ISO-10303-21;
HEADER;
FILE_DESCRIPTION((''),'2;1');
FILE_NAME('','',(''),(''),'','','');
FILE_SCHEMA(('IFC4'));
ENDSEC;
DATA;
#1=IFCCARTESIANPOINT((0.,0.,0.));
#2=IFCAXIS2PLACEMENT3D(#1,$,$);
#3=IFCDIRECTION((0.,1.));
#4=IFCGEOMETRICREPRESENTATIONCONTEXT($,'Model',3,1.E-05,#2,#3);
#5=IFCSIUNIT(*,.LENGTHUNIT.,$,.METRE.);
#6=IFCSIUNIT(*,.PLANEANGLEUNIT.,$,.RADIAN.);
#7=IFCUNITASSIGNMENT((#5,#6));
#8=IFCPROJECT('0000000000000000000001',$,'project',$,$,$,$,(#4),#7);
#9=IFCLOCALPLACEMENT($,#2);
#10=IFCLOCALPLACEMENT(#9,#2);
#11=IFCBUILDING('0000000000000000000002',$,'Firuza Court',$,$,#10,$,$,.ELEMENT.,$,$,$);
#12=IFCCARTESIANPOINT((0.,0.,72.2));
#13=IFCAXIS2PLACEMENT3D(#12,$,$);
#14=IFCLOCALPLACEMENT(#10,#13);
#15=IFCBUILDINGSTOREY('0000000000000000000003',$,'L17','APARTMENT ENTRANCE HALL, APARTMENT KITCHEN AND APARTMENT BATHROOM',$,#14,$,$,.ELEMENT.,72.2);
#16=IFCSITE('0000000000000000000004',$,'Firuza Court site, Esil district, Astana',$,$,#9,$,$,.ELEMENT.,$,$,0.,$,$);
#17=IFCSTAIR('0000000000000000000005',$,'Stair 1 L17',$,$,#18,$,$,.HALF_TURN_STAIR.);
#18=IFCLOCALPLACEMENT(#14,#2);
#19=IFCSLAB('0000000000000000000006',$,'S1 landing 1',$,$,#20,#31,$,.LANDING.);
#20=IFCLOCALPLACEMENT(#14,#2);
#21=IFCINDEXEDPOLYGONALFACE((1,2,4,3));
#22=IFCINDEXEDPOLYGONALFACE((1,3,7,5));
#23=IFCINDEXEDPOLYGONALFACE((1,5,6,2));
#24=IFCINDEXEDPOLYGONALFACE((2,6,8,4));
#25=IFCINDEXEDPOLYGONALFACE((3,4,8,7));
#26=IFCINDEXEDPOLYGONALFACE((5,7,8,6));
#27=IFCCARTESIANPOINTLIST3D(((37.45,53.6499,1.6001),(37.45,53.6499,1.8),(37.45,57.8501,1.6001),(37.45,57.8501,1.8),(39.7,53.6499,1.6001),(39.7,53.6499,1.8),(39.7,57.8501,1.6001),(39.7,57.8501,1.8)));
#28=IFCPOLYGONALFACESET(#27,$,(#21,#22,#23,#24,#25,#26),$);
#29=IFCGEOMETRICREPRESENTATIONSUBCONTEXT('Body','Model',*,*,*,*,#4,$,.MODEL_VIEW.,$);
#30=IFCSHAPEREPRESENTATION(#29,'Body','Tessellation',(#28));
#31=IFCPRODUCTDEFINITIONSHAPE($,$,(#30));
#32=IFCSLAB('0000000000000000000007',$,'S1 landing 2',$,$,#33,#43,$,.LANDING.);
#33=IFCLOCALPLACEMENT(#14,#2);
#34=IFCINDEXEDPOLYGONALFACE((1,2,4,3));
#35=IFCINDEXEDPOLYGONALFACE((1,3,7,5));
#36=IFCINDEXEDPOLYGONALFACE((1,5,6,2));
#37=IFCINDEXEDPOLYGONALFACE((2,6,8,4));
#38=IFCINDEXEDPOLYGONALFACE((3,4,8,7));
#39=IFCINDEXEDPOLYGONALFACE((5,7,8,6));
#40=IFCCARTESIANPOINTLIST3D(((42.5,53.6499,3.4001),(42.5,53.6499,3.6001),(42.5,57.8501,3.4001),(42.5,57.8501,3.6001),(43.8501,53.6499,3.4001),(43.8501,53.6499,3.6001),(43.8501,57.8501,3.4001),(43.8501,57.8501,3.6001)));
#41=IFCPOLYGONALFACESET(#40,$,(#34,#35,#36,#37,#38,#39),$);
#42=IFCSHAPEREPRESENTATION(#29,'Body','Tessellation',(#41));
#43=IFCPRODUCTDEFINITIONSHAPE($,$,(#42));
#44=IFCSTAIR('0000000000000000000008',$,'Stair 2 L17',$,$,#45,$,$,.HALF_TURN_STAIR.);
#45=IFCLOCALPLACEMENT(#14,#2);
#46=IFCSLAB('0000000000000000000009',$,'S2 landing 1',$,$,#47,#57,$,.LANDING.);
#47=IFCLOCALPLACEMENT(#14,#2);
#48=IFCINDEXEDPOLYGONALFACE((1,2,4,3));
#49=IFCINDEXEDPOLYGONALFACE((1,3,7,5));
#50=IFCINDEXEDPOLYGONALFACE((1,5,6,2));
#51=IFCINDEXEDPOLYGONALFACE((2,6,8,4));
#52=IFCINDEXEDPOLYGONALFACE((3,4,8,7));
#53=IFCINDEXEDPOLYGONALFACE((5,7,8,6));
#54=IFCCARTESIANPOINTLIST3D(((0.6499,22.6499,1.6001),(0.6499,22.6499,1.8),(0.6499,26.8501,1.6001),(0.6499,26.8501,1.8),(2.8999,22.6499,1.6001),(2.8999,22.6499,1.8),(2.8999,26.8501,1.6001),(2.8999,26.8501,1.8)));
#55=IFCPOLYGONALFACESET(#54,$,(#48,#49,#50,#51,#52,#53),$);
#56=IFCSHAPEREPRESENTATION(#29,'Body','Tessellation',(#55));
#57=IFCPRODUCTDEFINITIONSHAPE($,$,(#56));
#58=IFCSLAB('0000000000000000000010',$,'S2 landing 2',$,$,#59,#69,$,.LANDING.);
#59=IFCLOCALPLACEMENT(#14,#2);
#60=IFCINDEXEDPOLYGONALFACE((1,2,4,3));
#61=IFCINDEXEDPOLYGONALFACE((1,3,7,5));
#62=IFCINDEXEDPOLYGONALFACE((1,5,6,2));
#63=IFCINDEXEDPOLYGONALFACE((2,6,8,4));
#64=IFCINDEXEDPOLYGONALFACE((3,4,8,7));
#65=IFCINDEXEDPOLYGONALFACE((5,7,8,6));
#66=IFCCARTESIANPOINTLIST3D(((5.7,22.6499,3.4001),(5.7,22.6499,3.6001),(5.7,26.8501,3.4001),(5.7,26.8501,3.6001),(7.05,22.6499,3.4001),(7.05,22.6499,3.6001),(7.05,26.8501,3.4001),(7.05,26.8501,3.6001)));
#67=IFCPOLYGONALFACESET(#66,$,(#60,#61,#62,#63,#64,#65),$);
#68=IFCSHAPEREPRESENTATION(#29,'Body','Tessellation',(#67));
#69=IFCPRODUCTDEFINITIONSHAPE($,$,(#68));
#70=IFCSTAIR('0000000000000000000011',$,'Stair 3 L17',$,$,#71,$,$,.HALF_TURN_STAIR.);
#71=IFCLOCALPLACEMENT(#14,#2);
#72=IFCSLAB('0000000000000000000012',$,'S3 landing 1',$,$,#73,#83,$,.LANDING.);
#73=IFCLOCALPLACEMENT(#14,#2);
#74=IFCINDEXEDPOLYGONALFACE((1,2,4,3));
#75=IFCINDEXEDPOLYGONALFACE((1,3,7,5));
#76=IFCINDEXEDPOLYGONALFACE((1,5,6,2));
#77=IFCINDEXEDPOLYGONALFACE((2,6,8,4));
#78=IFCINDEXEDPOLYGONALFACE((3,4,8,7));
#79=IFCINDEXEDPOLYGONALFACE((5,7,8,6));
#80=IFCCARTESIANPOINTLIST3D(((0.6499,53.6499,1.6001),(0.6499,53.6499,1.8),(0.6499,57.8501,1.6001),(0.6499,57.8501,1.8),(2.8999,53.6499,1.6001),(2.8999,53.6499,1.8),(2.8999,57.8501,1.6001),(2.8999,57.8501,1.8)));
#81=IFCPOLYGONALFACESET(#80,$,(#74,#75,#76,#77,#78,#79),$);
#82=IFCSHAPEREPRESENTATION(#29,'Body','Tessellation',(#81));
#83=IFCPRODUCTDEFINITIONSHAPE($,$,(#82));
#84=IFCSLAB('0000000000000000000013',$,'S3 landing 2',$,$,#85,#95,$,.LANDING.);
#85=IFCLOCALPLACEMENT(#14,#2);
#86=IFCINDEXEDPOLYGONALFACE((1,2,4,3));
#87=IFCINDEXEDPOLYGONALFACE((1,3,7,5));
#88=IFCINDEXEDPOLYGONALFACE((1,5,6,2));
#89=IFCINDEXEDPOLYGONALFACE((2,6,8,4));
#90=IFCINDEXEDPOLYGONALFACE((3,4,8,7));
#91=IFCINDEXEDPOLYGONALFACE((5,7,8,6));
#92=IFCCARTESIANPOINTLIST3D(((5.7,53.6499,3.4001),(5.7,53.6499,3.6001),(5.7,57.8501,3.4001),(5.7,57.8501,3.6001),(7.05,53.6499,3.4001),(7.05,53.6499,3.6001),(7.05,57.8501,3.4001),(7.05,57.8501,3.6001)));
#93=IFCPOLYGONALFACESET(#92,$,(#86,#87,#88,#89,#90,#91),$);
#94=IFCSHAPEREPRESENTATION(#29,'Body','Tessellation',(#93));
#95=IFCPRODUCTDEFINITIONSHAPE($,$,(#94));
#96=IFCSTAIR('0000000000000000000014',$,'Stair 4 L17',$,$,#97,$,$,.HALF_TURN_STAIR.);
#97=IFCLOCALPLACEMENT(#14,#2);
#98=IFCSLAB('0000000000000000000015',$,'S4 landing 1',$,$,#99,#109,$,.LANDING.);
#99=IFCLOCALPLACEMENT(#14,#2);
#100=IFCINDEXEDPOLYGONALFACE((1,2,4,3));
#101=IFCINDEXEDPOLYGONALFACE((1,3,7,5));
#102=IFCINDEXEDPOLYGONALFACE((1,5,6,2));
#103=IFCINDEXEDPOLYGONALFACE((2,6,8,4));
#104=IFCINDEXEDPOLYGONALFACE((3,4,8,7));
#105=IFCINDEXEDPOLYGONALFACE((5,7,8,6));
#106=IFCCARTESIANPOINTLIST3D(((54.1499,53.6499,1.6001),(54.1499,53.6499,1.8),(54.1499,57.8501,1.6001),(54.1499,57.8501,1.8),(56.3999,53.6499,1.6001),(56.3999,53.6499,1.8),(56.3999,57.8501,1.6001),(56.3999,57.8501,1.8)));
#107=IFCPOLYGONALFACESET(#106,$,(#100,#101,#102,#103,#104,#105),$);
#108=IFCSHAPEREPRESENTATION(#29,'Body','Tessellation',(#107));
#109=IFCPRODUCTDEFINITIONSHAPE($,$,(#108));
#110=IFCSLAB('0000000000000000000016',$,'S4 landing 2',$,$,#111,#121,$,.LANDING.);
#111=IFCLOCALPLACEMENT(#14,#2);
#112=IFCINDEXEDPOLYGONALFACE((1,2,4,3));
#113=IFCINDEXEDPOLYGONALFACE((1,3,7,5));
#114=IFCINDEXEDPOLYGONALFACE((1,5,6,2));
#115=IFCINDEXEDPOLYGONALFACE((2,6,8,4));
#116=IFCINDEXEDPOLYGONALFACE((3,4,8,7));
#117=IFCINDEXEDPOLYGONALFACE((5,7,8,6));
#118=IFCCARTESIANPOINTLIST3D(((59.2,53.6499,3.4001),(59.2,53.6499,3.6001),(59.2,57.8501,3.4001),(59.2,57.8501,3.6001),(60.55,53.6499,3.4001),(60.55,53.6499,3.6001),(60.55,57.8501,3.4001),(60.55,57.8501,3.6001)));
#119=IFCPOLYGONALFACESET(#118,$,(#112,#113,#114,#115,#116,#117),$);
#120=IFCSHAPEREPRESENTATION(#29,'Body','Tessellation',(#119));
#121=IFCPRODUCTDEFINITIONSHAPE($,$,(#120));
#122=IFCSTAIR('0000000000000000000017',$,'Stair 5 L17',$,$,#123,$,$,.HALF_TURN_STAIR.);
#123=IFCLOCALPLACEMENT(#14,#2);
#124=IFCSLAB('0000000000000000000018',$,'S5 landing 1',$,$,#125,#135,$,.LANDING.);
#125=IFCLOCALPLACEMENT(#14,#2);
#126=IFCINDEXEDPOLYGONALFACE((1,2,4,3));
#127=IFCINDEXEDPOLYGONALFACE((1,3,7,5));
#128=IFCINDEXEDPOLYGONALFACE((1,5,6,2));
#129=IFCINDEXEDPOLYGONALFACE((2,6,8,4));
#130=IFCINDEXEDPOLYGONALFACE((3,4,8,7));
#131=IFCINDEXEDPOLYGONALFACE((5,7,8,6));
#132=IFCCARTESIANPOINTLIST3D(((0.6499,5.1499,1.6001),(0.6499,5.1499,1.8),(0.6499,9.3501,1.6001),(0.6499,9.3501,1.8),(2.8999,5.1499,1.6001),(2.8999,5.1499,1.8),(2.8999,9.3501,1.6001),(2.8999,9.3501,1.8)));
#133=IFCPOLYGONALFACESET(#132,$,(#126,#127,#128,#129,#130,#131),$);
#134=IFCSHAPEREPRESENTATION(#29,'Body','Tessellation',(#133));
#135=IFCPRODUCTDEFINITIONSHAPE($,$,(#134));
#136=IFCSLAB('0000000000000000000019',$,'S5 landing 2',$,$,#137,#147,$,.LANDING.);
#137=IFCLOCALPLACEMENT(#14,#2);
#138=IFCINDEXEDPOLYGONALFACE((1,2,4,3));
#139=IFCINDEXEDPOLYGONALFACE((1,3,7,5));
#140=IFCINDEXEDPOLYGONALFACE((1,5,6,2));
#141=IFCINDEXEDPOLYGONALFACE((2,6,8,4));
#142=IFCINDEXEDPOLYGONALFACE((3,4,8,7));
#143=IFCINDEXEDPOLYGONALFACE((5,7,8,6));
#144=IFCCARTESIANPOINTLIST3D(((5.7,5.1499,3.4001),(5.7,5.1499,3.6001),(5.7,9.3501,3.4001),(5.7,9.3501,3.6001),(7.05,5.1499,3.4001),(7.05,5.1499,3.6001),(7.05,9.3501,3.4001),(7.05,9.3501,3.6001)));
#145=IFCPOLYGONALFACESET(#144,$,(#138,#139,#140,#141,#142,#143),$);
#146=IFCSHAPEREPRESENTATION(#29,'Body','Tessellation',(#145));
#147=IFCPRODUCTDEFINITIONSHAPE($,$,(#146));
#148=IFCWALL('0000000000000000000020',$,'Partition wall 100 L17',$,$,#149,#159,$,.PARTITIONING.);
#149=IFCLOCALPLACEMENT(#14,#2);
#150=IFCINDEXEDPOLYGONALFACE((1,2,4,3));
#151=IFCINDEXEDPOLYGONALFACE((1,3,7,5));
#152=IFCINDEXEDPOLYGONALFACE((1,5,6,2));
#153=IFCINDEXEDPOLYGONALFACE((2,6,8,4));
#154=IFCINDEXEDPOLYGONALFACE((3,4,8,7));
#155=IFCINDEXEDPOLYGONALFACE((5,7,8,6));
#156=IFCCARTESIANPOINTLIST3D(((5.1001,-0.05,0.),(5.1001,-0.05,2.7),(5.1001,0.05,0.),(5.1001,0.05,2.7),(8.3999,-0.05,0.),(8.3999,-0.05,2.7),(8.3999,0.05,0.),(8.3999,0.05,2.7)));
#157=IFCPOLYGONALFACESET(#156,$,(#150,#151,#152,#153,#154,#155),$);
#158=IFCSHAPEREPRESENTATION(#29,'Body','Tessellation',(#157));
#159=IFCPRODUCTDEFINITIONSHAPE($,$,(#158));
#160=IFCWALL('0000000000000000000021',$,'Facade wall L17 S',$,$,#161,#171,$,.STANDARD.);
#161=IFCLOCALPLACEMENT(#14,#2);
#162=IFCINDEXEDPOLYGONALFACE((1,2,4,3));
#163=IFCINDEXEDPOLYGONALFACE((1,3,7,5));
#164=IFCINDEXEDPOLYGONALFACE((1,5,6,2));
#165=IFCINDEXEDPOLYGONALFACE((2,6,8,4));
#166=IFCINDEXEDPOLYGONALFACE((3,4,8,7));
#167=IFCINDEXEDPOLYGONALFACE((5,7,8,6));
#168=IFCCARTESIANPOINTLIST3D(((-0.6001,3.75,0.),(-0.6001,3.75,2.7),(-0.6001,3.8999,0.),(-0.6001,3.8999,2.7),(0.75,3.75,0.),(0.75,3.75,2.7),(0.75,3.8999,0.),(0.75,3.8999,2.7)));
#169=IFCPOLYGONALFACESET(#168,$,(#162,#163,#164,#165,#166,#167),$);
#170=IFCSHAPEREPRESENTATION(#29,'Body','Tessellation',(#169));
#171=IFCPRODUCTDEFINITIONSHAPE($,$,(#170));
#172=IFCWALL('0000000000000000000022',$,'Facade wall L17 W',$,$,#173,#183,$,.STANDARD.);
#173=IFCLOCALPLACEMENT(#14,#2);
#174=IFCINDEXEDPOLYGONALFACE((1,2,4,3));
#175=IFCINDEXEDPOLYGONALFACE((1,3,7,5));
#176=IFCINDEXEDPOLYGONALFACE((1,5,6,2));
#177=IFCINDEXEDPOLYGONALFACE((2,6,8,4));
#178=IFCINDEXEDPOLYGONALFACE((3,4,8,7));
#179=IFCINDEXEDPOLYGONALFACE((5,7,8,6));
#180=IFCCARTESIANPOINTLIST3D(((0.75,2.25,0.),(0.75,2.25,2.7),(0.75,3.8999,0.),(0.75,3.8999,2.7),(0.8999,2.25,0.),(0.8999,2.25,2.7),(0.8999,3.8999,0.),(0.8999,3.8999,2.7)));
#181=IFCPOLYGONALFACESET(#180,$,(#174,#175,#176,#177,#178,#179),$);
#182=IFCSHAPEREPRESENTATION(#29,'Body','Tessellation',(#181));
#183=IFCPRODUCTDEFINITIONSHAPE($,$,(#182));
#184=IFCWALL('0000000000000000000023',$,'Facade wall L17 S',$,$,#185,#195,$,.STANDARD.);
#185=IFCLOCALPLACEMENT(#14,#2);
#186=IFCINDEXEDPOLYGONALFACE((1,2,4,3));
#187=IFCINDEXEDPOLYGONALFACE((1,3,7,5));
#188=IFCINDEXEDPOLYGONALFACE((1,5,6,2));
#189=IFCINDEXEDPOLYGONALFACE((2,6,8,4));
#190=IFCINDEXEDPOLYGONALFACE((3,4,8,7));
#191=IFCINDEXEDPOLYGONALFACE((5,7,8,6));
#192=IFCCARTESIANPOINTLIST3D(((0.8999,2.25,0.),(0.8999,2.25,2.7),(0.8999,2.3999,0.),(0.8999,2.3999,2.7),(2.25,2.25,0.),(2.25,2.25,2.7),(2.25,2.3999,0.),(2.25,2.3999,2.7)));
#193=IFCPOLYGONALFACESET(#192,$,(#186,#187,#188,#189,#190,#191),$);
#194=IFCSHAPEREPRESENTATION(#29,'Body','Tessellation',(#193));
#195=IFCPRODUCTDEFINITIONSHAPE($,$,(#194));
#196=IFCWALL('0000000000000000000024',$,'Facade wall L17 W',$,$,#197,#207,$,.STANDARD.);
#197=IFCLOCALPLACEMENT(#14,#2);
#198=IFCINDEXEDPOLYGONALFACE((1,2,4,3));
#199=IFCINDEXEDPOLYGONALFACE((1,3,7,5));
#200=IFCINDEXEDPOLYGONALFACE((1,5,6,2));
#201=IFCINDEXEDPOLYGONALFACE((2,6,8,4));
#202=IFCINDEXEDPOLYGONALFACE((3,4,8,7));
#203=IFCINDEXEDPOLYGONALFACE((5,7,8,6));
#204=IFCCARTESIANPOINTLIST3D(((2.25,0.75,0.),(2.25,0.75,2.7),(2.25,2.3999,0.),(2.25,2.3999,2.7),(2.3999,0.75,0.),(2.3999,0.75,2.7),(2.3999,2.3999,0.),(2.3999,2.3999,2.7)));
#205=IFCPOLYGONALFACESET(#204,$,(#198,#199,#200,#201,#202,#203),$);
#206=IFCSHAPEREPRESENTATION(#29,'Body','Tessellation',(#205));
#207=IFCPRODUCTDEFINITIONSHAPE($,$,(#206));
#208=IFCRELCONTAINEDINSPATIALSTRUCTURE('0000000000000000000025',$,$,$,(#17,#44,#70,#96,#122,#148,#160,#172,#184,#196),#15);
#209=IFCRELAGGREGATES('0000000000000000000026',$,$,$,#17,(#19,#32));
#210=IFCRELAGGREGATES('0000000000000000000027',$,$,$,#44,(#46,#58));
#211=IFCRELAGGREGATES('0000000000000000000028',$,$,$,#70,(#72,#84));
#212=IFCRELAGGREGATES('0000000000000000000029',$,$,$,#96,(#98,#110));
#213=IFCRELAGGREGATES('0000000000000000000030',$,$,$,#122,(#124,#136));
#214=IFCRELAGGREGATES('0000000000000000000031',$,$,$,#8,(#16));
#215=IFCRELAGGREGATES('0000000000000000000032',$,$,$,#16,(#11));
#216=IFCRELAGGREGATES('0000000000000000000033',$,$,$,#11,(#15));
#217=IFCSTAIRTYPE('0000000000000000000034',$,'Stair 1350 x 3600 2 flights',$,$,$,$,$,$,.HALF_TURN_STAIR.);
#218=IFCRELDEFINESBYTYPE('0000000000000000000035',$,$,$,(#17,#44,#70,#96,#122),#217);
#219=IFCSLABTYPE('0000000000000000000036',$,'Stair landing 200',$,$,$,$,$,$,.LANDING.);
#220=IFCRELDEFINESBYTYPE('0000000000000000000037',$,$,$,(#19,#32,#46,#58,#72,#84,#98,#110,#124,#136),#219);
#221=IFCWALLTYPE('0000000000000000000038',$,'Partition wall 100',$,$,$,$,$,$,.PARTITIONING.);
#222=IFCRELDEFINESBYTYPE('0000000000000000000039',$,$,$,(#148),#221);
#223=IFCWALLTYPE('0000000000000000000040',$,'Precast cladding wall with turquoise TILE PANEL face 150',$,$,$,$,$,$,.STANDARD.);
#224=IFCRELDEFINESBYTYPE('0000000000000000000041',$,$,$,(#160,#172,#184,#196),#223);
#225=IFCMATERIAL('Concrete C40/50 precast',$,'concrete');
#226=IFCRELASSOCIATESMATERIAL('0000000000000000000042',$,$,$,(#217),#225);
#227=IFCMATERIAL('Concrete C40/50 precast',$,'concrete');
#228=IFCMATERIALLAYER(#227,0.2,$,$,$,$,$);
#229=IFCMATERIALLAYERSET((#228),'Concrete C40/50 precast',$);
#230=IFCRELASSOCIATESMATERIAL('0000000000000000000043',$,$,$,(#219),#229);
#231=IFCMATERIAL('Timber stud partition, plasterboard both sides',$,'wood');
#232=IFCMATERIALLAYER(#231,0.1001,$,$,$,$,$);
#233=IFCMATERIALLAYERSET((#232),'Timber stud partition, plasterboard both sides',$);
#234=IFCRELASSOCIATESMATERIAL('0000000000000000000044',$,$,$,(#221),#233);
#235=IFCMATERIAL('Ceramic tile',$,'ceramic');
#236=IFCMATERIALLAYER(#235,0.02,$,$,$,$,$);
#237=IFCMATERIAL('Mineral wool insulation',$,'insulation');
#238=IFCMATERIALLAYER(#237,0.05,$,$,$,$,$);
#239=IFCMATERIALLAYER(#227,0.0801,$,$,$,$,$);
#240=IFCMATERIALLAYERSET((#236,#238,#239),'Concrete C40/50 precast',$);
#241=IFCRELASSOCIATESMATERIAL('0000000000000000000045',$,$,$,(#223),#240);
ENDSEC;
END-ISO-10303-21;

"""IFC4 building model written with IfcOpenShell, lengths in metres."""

from ifc_helpers import new_model, si_unit, direction, frame, frame_2d, origin, place, context, subcontext, project, spatial, polyline, rectangle, outline, extrude, material, layer, layer_set, type_object, element, aggregate, save


model = new_model("IFC4")

# Units and contexts
model_context = context("Model", 3, precision=1e-05, world=origin(), true_north=direction((0.0, 1.0)))
body_context = subcontext(model_context, "Body", "Model", "MODEL_VIEW")
ifc_project = project(units=[si_unit("LENGTHUNIT", "METRE"), si_unit("PLANEANGLEUNIT", "RADIAN")], contexts=[model_context])

# Site, building, storey
site_placement = place(None, origin())
site = spatial("IfcSite", under=ifc_project, at=site_placement, Name="Firuza Court site, Esil district, Astana", CompositionType="ELEMENT", RefElevation=0.0)
building_placement = place(site_placement, origin())
building = spatial("IfcBuilding", under=site, at=building_placement, Name="Firuza Court", CompositionType="ELEMENT")
storey_placement = place(building_placement, frame((0.0, 0.0, 72.2)))
storey = spatial("IfcBuildingStorey", under=building, at=storey_placement, Name="L17", Description="APARTMENT ENTRANCE HALL, APARTMENT KITCHEN AND APARTMENT BATHROOM", CompositionType="ELEMENT", Elevation=72.2)

# Stairs, slabs
ifc_material_1 = material(Name="Concrete C40/50 precast", Category="concrete")
stair_type = type_object("IfcStairType", Name="Stair 1350 x 3600 2 flights", PredefinedType="HALF_TURN_STAIR", material=ifc_material_1)
stair_1_placement = place(storey_placement, origin())
stair_1 = element("IfcStair", 1, at=stair_1_placement, inside=storey, type_object=stair_type, Name="Stair 1 L17", PredefinedType="HALF_TURN_STAIR")
ifc_material_2 = material(Name="Concrete C40/50 precast", Category="concrete")
ifc_layer_1 = layer(ifc_material_2, 0.2)
ifc_layer_set_1 = layer_set([ifc_layer_1], Name="Concrete C40/50 precast")
slab_type_1 = type_object("IfcSlabType", Name="Stair landing 200", PredefinedType="LANDING", material=ifc_layer_set_1)
slab_1_placement = place(storey_placement, frame((0.0, 0.0, 1.6001)))
slab_1 = element("IfcSlab", 2, at=slab_1_placement, type_object=slab_type_1, Name="S1 landing 1", PredefinedType="LANDING", context=body_context, shape_type="SweptSolid", body=[
    extrude(outline(polyline([(39.7, 53.6499), (39.7, 57.8501), (37.45, 57.8501), (37.45, 53.6499), (39.7, 53.6499)])), origin(), (0.0, 0.0, 1.0), 0.2),
])
slab_2_placement = place(storey_placement, frame((0.0, 0.0, 3.4001)))
slab_2 = element("IfcSlab", 3, at=slab_2_placement, type_object=slab_type_1, Name="S1 landing 2", PredefinedType="LANDING", context=body_context, shape_type="SweptSolid", body=[
    extrude(outline(polyline([(43.8501, 53.6499), (43.8501, 57.8501), (42.5, 57.8501), (42.5, 53.6499), (43.8501, 53.6499)])), origin(), (0.0, 0.0, 1.0), 0.2),
])
aggregate(stair_1, [slab_1, slab_2])
stair_2_placement = place(storey_placement, origin())
stair_2 = element("IfcStair", 4, at=stair_2_placement, inside=storey, type_object=stair_type, Name="Stair 2 L17", PredefinedType="HALF_TURN_STAIR")
slab_3_placement = place(storey_placement, frame((0.0, 0.0, 1.6001)))
slab_3 = element("IfcSlab", 5, at=slab_3_placement, type_object=slab_type_1, Name="S2 landing 1", PredefinedType="LANDING", context=body_context, shape_type="SweptSolid", body=[
    extrude(outline(polyline([(2.8999, 22.6499), (2.8999, 26.8501), (0.6499, 26.8501), (0.6499, 22.6499), (2.8999, 22.6499)])), origin(), (0.0, 0.0, 1.0), 0.2),
])
slab_4_placement = place(storey_placement, frame((0.0, 0.0, 3.4001)))
slab_4 = element("IfcSlab", 6, at=slab_4_placement, type_object=slab_type_1, Name="S2 landing 2", PredefinedType="LANDING", context=body_context, shape_type="SweptSolid", body=[
    extrude(outline(polyline([(7.05, 22.6499), (7.05, 26.8501), (5.7, 26.8501), (5.7, 22.6499), (7.05, 22.6499)])), origin(), (0.0, 0.0, 1.0), 0.2),
])
aggregate(stair_2, [slab_3, slab_4])
stair_3_placement = place(storey_placement, origin())
stair_3 = element("IfcStair", 7, at=stair_3_placement, inside=storey, type_object=stair_type, Name="Stair 3 L17", PredefinedType="HALF_TURN_STAIR")
slab_5_placement = place(storey_placement, frame((0.0, 0.0, 1.6001)))
slab_5 = element("IfcSlab", 8, at=slab_5_placement, type_object=slab_type_1, Name="S3 landing 1", PredefinedType="LANDING", context=body_context, shape_type="SweptSolid", body=[
    extrude(outline(polyline([(2.8999, 53.6499), (2.8999, 57.8501), (0.6499, 57.8501), (0.6499, 53.6499), (2.8999, 53.6499)])), origin(), (0.0, 0.0, 1.0), 0.2),
])
slab_6_placement = place(storey_placement, frame((0.0, 0.0, 3.4001)))
slab_6 = element("IfcSlab", 9, at=slab_6_placement, type_object=slab_type_1, Name="S3 landing 2", PredefinedType="LANDING", context=body_context, shape_type="SweptSolid", body=[
    extrude(outline(polyline([(7.05, 53.6499), (7.05, 57.8501), (5.7, 57.8501), (5.7, 53.6499), (7.05, 53.6499)])), origin(), (0.0, 0.0, 1.0), 0.2),
])
aggregate(stair_3, [slab_5, slab_6])
stair_4_placement = place(storey_placement, origin())
stair_4 = element("IfcStair", 10, at=stair_4_placement, inside=storey, type_object=stair_type, Name="Stair 4 L17", PredefinedType="HALF_TURN_STAIR")
slab_7_placement = place(storey_placement, frame((0.0, 0.0, 1.6001)))
slab_7 = element("IfcSlab", 11, at=slab_7_placement, type_object=slab_type_1, Name="S4 landing 1", PredefinedType="LANDING", context=body_context, shape_type="SweptSolid", body=[
    extrude(outline(polyline([(56.3999, 53.6499), (56.3999, 57.8501), (54.1499, 57.8501), (54.1499, 53.6499), (56.3999, 53.6499)])), origin(), (0.0, 0.0, 1.0), 0.2),
])
slab_8_placement = place(storey_placement, frame((0.0, 0.0, 3.4001)))
slab_8 = element("IfcSlab", 12, at=slab_8_placement, type_object=slab_type_1, Name="S4 landing 2", PredefinedType="LANDING", context=body_context, shape_type="SweptSolid", body=[
    extrude(outline(polyline([(60.55, 53.6499), (60.55, 57.8501), (59.2, 57.8501), (59.2, 53.6499), (60.55, 53.6499)])), origin(), (0.0, 0.0, 1.0), 0.2),
])
aggregate(stair_4, [slab_7, slab_8])
stair_5_placement = place(storey_placement, origin())
stair_5 = element("IfcStair", 13, at=stair_5_placement, inside=storey, type_object=stair_type, Name="Stair 5 L17", PredefinedType="HALF_TURN_STAIR")
slab_9_placement = place(storey_placement, frame((0.0, 0.0, 1.6001)))
slab_9 = element("IfcSlab", 14, at=slab_9_placement, type_object=slab_type_1, Name="S5 landing 1", PredefinedType="LANDING", context=body_context, shape_type="SweptSolid", body=[
    extrude(outline(polyline([(2.8999, 5.1499), (2.8999, 9.3501), (0.6499, 9.3501), (0.6499, 5.1499), (2.8999, 5.1499)])), origin(), (0.0, 0.0, 1.0), 0.2),
])
slab_10_placement = place(storey_placement, frame((0.0, 0.0, 3.4001)))
slab_10 = element("IfcSlab", 15, at=slab_10_placement, type_object=slab_type_1, Name="S5 landing 2", PredefinedType="LANDING", context=body_context, shape_type="SweptSolid", body=[
    extrude(outline(polyline([(7.05, 5.1499), (7.05, 9.3501), (5.7, 9.3501), (5.7, 5.1499), (7.05, 5.1499)])), origin(), (0.0, 0.0, 1.0), 0.2),
])
aggregate(stair_5, [slab_9, slab_10])

# Walls
ifc_material_3 = material(Name="Timber stud partition, plasterboard both sides", Category="wood")
ifc_layer_2 = layer(ifc_material_3, 0.1001)
ifc_layer_set_2 = layer_set([ifc_layer_2], Name="Timber stud partition, plasterboard both sides")
wall_type_1 = type_object("IfcWallType", Name="Partition wall 100", PredefinedType="PARTITIONING", material=ifc_layer_set_2)
wall_1_placement = place(storey_placement, frame((5.1001, 0.0, 0.0), z_axis=(0.0, 0.0, 1.0), x_axis=(1.0, 0.0, 0.0)))
element("IfcWall", 16, at=wall_1_placement, inside=storey, type_object=wall_type_1, Name="Partition wall 100 L17", PredefinedType="PARTITIONING", context=body_context, shape_type="SweptSolid", body=[
    extrude(rectangle(XDim=3.2998, YDim=0.1001, at=frame_2d((1.6499, 0.0))), origin(), (0.0, 0.0, 1.0), 2.7),
])
ifc_material_4 = material(Name="Ceramic tile", Category="ceramic")
ifc_layer_3 = layer(ifc_material_4, 0.02)
ifc_material_5 = material(Name="Mineral wool insulation", Category="insulation")
ifc_layer_4 = layer(ifc_material_5, 0.05)
ifc_layer_5 = layer(ifc_material_2, 0.0801)
ifc_layer_set_3 = layer_set([ifc_layer_3, ifc_layer_4, ifc_layer_5], Name="Concrete C40/50 precast")
wall_type_2 = type_object("IfcWallType", Name="Precast cladding wall with turquoise TILE PANEL face 150", PredefinedType="STANDARD", material=ifc_layer_set_3)
wall_2_placement = place(storey_placement, frame((-0.6001, 3.825, 0.0), z_axis=(0.0, 0.0, 1.0), x_axis=(1.0, 0.0, 0.0)))
element("IfcWall", 17, at=wall_2_placement, inside=storey, type_object=wall_type_2, Name="Facade wall L17 S", PredefinedType="STANDARD", context=body_context, shape_type="SweptSolid", body=[
    extrude(rectangle(XDim=1.3501, YDim=0.1499, at=frame_2d((0.675, 0.0))), origin(), (0.0, 0.0, 1.0), 2.7),
])
wall_3_placement = place(storey_placement, frame((0.825, 3.8999, 0.0), z_axis=(0.0, 0.0, 1.0), x_axis=(0.0, -1.0, 0.0)))
element("IfcWall", 18, at=wall_3_placement, inside=storey, type_object=wall_type_2, Name="Facade wall L17 W", PredefinedType="STANDARD", context=body_context, shape_type="SweptSolid", body=[
    extrude(rectangle(XDim=1.6499, YDim=0.1499, at=frame_2d((0.825, 0.0))), origin(), (0.0, 0.0, 1.0), 2.7),
])
wall_4_placement = place(storey_placement, frame((0.8999, 2.325, 0.0), z_axis=(0.0, 0.0, 1.0), x_axis=(1.0, 0.0, 0.0)))
element("IfcWall", 19, at=wall_4_placement, inside=storey, type_object=wall_type_2, Name="Facade wall L17 S", PredefinedType="STANDARD", context=body_context, shape_type="SweptSolid", body=[
    extrude(rectangle(XDim=1.3501, YDim=0.1499, at=frame_2d((0.675, 0.0))), origin(), (0.0, 0.0, 1.0), 2.7),
])
wall_5_placement = place(storey_placement, frame((2.325, 2.3999, 0.0), z_axis=(0.0, 0.0, 1.0), x_axis=(0.0, -1.0, 0.0)))
element("IfcWall", 20, at=wall_5_placement, inside=storey, type_object=wall_type_2, Name="Facade wall L17 W", PredefinedType="STANDARD", context=body_context, shape_type="SweptSolid", body=[
    extrude(rectangle(XDim=1.6499, YDim=0.1499, at=frame_2d((0.825, 0.0))), origin(), (0.0, 0.0, 1.0), 2.7),
])

save(model, "model.ifc")
